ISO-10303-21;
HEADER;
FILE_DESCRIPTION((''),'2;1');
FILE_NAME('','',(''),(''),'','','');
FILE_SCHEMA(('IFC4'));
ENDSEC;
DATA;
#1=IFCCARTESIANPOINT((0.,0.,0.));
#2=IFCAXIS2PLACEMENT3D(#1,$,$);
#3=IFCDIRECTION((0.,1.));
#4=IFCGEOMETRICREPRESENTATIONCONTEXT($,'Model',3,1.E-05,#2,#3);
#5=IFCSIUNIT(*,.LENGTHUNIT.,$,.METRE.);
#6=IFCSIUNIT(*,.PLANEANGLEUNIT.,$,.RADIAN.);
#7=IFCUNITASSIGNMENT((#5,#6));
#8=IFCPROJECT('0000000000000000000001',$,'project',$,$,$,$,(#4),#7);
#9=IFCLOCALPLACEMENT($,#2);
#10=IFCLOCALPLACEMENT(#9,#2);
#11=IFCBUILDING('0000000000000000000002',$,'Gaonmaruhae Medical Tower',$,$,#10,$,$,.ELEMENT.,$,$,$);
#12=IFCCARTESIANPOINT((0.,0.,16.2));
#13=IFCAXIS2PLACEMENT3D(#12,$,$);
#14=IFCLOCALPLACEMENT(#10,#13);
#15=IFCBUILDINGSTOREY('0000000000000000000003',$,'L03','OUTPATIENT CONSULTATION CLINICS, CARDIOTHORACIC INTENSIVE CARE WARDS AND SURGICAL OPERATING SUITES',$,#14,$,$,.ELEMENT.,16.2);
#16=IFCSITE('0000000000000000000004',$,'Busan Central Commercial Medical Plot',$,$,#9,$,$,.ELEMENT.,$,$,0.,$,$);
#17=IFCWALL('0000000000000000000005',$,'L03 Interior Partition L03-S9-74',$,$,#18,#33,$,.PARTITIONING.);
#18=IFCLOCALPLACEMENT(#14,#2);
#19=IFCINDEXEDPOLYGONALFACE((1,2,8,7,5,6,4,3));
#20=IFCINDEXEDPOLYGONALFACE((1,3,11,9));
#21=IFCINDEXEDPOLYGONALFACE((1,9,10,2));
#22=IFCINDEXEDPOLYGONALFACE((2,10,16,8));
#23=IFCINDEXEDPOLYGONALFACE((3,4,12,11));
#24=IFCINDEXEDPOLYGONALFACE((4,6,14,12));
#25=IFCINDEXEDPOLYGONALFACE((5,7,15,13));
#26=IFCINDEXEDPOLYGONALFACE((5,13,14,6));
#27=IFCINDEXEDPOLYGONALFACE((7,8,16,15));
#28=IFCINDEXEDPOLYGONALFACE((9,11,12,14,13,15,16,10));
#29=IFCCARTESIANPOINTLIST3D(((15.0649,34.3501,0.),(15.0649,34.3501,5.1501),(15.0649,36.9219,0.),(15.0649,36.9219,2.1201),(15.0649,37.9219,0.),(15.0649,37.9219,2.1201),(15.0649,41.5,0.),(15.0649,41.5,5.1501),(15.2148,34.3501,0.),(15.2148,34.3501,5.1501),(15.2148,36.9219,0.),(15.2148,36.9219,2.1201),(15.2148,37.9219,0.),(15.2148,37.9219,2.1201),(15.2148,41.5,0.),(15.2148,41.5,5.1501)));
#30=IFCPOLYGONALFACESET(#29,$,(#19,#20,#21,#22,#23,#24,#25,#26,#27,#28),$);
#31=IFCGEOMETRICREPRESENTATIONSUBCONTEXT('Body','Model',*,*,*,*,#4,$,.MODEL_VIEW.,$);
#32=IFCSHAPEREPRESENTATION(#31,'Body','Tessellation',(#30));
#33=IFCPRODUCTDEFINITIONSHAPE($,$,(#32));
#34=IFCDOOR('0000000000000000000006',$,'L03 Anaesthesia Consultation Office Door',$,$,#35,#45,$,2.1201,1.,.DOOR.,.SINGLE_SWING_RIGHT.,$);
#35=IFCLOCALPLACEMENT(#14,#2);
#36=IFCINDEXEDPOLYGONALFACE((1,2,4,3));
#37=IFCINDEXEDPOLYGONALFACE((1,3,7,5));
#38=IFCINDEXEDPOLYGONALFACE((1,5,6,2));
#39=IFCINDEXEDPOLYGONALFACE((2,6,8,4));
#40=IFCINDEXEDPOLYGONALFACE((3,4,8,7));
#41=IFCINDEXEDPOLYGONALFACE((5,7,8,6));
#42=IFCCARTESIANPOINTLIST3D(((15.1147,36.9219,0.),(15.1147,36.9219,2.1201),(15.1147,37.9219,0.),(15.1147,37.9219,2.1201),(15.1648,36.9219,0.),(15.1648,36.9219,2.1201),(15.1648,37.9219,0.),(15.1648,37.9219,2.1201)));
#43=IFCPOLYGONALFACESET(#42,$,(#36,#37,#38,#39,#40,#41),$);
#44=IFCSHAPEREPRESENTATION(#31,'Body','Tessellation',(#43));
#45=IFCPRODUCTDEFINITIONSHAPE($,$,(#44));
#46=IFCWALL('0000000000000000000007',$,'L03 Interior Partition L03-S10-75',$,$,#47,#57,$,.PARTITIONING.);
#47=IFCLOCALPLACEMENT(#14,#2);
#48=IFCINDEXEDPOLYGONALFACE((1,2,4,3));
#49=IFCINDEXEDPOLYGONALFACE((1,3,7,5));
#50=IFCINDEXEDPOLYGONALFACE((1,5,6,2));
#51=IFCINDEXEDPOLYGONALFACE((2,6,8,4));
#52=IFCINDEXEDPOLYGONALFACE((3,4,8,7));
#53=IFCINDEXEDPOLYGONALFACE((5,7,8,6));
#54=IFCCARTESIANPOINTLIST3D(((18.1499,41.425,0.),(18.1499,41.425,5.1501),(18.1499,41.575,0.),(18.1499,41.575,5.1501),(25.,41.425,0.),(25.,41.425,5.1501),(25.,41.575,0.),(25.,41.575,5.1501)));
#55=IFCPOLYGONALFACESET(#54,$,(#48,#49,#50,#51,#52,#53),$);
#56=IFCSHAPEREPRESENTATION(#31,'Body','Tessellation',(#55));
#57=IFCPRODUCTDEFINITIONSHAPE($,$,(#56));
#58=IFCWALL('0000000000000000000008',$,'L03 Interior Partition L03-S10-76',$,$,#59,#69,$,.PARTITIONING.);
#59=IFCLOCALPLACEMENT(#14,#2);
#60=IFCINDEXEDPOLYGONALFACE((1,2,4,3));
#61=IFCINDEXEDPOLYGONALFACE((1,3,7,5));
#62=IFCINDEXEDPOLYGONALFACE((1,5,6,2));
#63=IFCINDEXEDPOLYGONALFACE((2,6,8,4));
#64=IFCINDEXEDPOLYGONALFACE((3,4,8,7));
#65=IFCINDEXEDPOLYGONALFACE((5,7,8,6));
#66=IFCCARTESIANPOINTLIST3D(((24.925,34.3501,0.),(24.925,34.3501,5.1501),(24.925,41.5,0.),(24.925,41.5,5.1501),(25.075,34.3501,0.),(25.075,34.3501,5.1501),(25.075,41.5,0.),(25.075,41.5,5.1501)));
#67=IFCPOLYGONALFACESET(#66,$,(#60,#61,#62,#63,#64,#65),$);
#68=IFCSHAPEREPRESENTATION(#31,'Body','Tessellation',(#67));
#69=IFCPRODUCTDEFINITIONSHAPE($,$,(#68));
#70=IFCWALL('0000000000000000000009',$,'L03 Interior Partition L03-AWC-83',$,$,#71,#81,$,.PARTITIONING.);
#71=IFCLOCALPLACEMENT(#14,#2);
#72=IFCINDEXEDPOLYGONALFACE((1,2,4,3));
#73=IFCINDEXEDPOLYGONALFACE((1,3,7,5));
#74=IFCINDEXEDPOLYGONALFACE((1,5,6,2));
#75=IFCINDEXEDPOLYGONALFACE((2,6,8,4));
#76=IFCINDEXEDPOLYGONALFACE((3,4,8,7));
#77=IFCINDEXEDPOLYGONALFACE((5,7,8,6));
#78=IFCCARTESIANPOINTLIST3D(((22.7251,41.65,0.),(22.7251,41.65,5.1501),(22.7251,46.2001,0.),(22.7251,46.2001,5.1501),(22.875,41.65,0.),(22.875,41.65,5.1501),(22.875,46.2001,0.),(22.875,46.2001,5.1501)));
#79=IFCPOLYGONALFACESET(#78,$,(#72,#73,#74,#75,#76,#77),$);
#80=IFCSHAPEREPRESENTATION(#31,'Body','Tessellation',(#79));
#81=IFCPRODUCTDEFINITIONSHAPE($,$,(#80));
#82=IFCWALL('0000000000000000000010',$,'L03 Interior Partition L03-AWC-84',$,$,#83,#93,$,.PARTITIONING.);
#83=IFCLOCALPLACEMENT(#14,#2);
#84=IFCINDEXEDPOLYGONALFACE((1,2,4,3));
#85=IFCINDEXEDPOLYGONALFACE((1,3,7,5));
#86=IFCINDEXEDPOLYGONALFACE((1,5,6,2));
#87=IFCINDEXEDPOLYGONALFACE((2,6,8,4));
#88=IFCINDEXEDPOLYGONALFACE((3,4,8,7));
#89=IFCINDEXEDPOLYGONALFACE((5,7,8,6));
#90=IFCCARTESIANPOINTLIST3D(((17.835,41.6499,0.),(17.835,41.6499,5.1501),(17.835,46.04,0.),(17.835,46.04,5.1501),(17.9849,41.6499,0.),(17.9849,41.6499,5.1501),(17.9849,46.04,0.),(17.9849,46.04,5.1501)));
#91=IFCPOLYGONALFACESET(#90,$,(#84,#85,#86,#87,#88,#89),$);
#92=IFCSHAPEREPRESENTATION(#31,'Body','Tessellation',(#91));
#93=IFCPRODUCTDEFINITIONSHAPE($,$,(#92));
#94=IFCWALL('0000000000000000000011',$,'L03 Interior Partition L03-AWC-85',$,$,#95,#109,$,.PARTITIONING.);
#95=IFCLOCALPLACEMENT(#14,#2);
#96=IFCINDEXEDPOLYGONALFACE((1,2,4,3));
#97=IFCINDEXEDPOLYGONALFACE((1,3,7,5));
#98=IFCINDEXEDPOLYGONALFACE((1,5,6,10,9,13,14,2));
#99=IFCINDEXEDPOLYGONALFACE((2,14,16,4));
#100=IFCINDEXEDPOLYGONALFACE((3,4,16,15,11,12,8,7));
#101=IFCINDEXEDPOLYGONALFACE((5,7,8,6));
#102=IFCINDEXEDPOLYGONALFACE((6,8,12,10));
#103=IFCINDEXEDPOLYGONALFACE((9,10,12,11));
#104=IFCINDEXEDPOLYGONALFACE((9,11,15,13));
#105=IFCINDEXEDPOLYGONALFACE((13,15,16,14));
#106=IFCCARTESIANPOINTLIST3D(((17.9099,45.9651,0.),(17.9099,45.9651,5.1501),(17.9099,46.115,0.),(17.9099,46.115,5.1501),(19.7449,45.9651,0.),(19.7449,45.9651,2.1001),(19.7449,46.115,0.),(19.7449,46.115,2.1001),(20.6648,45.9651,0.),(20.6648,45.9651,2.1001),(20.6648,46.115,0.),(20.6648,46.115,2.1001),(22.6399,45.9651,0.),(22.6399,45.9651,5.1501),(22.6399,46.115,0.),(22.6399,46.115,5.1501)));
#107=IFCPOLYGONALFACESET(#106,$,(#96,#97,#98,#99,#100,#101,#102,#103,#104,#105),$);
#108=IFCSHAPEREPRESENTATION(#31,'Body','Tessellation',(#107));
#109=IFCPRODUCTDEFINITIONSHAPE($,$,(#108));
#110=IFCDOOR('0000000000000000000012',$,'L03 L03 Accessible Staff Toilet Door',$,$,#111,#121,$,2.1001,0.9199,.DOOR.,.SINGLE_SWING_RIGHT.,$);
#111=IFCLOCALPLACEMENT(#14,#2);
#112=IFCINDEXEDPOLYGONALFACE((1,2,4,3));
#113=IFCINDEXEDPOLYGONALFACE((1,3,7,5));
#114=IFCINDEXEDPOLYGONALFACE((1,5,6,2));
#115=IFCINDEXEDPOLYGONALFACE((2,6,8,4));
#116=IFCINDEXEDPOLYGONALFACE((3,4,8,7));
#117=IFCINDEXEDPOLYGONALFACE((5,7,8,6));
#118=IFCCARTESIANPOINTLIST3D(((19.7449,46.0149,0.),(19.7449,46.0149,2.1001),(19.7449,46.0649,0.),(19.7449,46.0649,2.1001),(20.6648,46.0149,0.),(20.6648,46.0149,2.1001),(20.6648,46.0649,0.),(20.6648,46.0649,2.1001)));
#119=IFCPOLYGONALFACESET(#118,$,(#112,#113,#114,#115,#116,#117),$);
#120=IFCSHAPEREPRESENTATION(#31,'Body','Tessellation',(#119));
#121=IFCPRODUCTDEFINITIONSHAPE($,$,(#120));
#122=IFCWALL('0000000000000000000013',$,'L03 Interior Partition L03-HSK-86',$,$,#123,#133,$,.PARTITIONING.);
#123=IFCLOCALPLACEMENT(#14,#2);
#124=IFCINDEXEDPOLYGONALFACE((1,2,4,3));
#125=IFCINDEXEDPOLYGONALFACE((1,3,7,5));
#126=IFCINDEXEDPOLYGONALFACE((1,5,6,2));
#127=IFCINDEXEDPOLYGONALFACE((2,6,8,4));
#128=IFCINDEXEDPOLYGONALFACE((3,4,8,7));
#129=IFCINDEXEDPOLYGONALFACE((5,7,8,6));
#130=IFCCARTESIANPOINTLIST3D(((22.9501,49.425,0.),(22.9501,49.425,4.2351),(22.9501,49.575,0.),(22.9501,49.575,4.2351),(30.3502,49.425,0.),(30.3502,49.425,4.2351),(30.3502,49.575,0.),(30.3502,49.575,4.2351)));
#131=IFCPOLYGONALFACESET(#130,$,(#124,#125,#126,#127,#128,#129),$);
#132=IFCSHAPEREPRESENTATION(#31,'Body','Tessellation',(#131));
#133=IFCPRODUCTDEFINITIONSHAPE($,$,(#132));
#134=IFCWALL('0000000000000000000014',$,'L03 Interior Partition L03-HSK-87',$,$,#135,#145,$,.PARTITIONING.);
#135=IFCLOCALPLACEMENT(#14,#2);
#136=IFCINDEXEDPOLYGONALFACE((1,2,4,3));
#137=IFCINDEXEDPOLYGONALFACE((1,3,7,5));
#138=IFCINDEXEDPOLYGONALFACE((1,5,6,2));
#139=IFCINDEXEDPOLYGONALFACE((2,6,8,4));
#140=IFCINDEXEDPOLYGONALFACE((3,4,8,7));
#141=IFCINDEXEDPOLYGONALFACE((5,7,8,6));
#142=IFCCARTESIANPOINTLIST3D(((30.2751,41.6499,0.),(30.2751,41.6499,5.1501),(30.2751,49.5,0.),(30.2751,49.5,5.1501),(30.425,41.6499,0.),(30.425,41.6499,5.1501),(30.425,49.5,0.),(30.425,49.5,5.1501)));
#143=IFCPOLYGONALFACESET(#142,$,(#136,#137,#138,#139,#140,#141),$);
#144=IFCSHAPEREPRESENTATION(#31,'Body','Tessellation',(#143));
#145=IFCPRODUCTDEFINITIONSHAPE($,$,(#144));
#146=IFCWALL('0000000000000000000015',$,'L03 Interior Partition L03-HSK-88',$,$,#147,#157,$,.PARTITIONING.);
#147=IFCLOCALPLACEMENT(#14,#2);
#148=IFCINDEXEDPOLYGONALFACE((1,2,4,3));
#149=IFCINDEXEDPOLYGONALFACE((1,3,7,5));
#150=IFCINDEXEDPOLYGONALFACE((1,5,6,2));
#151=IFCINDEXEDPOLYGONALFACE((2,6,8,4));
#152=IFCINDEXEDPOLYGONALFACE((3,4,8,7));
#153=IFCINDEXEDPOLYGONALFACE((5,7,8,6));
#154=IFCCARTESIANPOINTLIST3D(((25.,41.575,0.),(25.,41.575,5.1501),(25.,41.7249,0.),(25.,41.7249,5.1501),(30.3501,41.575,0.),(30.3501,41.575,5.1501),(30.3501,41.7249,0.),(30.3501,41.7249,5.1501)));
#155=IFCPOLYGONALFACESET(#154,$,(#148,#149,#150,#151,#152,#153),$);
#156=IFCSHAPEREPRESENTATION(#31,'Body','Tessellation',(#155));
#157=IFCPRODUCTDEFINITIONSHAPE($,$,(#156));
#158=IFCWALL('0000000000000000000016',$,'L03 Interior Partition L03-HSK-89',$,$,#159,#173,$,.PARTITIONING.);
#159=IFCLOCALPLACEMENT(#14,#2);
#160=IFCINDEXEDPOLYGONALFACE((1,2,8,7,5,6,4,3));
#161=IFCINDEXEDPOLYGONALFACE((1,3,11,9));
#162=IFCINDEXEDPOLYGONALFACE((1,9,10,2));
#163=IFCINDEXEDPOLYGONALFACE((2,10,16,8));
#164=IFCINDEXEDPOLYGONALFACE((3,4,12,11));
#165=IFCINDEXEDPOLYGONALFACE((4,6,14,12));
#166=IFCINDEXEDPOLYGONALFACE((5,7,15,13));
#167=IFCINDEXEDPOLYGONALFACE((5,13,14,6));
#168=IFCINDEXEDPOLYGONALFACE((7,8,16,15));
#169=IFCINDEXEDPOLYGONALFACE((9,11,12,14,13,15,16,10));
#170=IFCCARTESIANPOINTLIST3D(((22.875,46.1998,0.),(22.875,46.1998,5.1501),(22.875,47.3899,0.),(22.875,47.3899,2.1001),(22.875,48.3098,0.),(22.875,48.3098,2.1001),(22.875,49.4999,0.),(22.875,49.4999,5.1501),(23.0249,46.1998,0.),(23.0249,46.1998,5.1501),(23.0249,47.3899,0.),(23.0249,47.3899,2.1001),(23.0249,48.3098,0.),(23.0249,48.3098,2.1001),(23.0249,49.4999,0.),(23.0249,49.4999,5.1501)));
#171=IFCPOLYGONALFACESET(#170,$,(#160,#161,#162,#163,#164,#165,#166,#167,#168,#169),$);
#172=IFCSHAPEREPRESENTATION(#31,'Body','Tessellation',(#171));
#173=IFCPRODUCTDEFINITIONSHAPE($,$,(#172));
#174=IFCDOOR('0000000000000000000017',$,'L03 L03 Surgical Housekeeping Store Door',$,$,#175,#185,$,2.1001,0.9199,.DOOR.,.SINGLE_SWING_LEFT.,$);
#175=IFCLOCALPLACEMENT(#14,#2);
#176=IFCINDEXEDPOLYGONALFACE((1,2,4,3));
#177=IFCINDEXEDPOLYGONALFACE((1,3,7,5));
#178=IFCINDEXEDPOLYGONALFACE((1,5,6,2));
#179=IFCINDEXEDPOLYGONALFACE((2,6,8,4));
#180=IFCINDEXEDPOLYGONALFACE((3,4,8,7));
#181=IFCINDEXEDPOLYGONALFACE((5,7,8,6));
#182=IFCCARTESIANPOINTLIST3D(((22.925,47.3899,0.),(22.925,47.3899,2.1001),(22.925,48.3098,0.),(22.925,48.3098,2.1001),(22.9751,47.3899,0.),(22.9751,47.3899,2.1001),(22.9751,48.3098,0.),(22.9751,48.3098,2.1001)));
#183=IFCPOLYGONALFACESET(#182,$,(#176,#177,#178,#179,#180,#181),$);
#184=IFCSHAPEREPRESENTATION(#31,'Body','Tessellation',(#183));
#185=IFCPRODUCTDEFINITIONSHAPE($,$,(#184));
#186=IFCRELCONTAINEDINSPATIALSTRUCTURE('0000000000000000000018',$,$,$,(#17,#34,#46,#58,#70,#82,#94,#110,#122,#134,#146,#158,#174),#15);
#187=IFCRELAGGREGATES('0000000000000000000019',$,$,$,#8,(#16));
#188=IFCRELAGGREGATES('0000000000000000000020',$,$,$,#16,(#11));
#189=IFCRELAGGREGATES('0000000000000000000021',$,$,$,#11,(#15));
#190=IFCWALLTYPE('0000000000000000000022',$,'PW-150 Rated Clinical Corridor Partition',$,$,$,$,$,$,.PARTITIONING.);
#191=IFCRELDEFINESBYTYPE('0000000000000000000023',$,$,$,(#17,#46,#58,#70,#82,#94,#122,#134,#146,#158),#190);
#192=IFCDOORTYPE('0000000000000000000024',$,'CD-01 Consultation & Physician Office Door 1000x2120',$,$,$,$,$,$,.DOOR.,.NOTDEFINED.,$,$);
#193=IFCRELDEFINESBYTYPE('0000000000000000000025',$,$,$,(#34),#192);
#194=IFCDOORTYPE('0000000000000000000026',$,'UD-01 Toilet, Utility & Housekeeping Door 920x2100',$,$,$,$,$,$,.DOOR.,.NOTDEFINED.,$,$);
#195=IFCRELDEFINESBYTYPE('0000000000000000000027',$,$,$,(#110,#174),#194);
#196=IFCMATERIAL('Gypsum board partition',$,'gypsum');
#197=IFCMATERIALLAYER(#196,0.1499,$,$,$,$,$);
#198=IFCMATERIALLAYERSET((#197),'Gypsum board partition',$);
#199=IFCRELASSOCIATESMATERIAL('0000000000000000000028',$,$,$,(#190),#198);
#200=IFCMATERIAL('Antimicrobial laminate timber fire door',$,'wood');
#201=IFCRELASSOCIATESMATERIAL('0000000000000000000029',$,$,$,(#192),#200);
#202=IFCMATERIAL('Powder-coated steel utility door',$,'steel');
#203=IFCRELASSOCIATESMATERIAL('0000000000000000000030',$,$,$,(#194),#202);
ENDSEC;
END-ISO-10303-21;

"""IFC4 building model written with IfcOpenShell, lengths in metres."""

from ifc_helpers import new_model, si_unit, direction, frame, frame_2d, origin, place, context, subcontext, project, spatial, rectangle, extrude, material, layer, layer_set, type_object, element, fill, save


model = new_model("IFC4")

# Units and contexts
model_context = context("Model", 3, precision=1e-05, world=origin(), true_north=direction((0.0, 1.0)))
body_context = subcontext(model_context, "Body", "Model", "MODEL_VIEW")
ifc_project = project(units=[si_unit("LENGTHUNIT", "METRE"), si_unit("PLANEANGLEUNIT", "RADIAN")], contexts=[model_context])

# Site, building, storey
site_placement = place(None, origin())
site = spatial("IfcSite", under=ifc_project, at=site_placement, Name="Busan Central Commercial Medical Plot", CompositionType="ELEMENT", RefElevation=0.0)
building_placement = place(site_placement, origin())
building = spatial("IfcBuilding", under=site, at=building_placement, Name="Gaonmaruhae Medical Tower", CompositionType="ELEMENT")
storey_placement = place(building_placement, frame((0.0, 0.0, 16.2)))
storey = spatial("IfcBuildingStorey", under=building, at=storey_placement, Name="L03", Description="OUTPATIENT CONSULTATION CLINICS, CARDIOTHORACIC INTENSIVE CARE WARDS AND SURGICAL OPERATING SUITES", CompositionType="ELEMENT", Elevation=16.2)

# Wall, opening, door
ifc_material_1 = material(Name="Gypsum board partition", Category="gypsum")
ifc_layer_1 = layer(ifc_material_1, 0.1499)
ifc_layer_set_1 = layer_set([ifc_layer_1], Name="Gypsum board partition")
wall_type_1 = type_object("IfcWallType", Name="PW-150 Rated Clinical Corridor Partition", PredefinedType="PARTITIONING", material=ifc_layer_set_1)
wall_1_placement = place(storey_placement, frame((15.1399, 41.5, 0.0), z_axis=(0.0, 0.0, 1.0), x_axis=(0.0, -1.0, 0.0)))
wall_1 = element("IfcWall", 1, at=wall_1_placement, inside=storey, type_object=wall_type_1, Name="L03 Interior Partition L03-S9-74", PredefinedType="PARTITIONING", context=body_context, shape_type="SweptSolid", body=[
    extrude(rectangle(XDim=7.1499, YDim=0.1499, at=frame_2d((3.575, 0.0))), origin(), (0.0, 0.0, 1.0), 5.1501),
])
opening_1_placement = place(wall_1_placement, frame((3.5781, 0.0, 0.0)))
opening_1 = element("IfcOpeningElement", 2, at=opening_1_placement, cuts=wall_1, PredefinedType="OPENING", context=body_context, shape_type="SweptSolid", body=[
    extrude(rectangle(XDim=1.0, YDim=2.1201, at=frame_2d((0.5, 1.0601))), frame((0.0, 0.085, 0.0), z_axis=(0.0, -1.0, 0.0), x_axis=(1.0, 0.0, 0.0)), (0.0, 0.0, 1.0), 0.1699),
])
ifc_material_2 = material(Name="Antimicrobial laminate timber fire door", Category="wood")
door_type_1 = type_object("IfcDoorType", Name="CD-01 Consultation & Physician Office Door 1000x2120", OperationType="NOTDEFINED", PredefinedType="DOOR", material=ifc_material_2)
door_1_placement = place(opening_1_placement, origin())
door_1 = element("IfcDoor", 3, at=door_1_placement, inside=storey, type_object=door_type_1, Name="L03 Anaesthesia Consultation Office Door", OperationType="SINGLE_SWING_RIGHT", OverallHeight=2.1201, OverallWidth=1.0, PredefinedType="DOOR", context=body_context, shape_type="SweptSolid", body=[
    extrude(rectangle(XDim=1.0, YDim=2.1201, at=frame_2d((0.5, 1.0601))), frame((0.0, 0.0249, 0.0), z_axis=(0.0, -1.0, 0.0), x_axis=(1.0, 0.0, 0.0)), (0.0, 0.0, 1.0), 0.05),
])
fill(opening_1, door_1)

# Walls
wall_2_placement = place(storey_placement, frame((18.1499, 41.5, 0.0), z_axis=(0.0, 0.0, 1.0), x_axis=(1.0, 0.0, 0.0)))
element("IfcWall", 4, at=wall_2_placement, inside=storey, type_object=wall_type_1, Name="L03 Interior Partition L03-S10-75", PredefinedType="PARTITIONING", context=body_context, shape_type="SweptSolid", body=[
    extrude(rectangle(XDim=6.8501, YDim=0.1499, at=frame_2d((3.425, 0.0))), origin(), (0.0, 0.0, 1.0), 5.1501),
])
wall_3_placement = place(storey_placement, frame((25.0, 41.5, 0.0), z_axis=(0.0, 0.0, 1.0), x_axis=(0.0, -1.0, 0.0)))
element("IfcWall", 5, at=wall_3_placement, inside=storey, type_object=wall_type_1, Name="L03 Interior Partition L03-S10-76", PredefinedType="PARTITIONING", context=body_context, shape_type="SweptSolid", body=[
    extrude(rectangle(XDim=7.1499, YDim=0.1499, at=frame_2d((3.575, 0.0))), origin(), (0.0, 0.0, 1.0), 5.1501),
])
wall_4_placement = place(storey_placement, frame((22.8, 46.2, 0.0), z_axis=(0.0, 0.0, 1.0), x_axis=(0.0, -1.0, 0.0)))
element("IfcWall", 6, at=wall_4_placement, inside=storey, type_object=wall_type_1, Name="L03 Interior Partition L03-AWC-83", PredefinedType="PARTITIONING", context=body_context, shape_type="SweptSolid", body=[
    extrude(rectangle(XDim=4.55, YDim=0.1499, at=frame_2d((2.2749, 0.0))), origin(), (0.0, 0.0, 1.0), 5.1501),
])
wall_5_placement = place(storey_placement, frame((17.9099, 41.6499, 0.0), z_axis=(0.0, 0.0, 1.0), x_axis=(0.0, 1.0, 0.0)))
element("IfcWall", 7, at=wall_5_placement, inside=storey, type_object=wall_type_1, Name="L03 Interior Partition L03-AWC-84", PredefinedType="PARTITIONING", context=body_context, shape_type="SweptSolid", body=[
    extrude(rectangle(XDim=4.3901, YDim=0.1499, at=frame_2d((2.1951, 0.0))), origin(), (0.0, 0.0, 1.0), 5.1501),
])

# Wall, opening, door
wall_6_placement = place(storey_placement, frame((17.9099, 46.04, 0.0), z_axis=(0.0, 0.0, 1.0), x_axis=(1.0, 0.0, 0.0)))
wall_6 = element("IfcWall", 8, at=wall_6_placement, inside=storey, type_object=wall_type_1, Name="L03 Interior Partition L03-AWC-85", PredefinedType="PARTITIONING", context=body_context, shape_type="SweptSolid", body=[
    extrude(rectangle(XDim=4.73, YDim=0.1499, at=frame_2d((2.365, 0.0))), origin(), (0.0, 0.0, 1.0), 5.1501),
])
opening_2_placement = place(wall_6_placement, frame((1.835, 0.0, 0.0)))
opening_2 = element("IfcOpeningElement", 9, at=opening_2_placement, cuts=wall_6, PredefinedType="OPENING", context=body_context, shape_type="SweptSolid", body=[
    extrude(rectangle(XDim=0.9199, YDim=2.1001, at=frame_2d((0.46, 1.05))), frame((0.0, 0.085, 0.0), z_axis=(0.0, -1.0, 0.0), x_axis=(1.0, 0.0, 0.0)), (0.0, 0.0, 1.0), 0.1699),
])
ifc_material_3 = material(Name="Powder-coated steel utility door", Category="steel")
door_type_2 = type_object("IfcDoorType", Name="UD-01 Toilet, Utility & Housekeeping Door 920x2100", OperationType="NOTDEFINED", PredefinedType="DOOR", material=ifc_material_3)
door_2_placement = place(opening_2_placement, origin())
door_2 = element("IfcDoor", 10, at=door_2_placement, inside=storey, type_object=door_type_2, Name="L03 L03 Accessible Staff Toilet Door", OperationType="SINGLE_SWING_RIGHT", OverallHeight=2.1001, OverallWidth=0.9199, PredefinedType="DOOR", context=body_context, shape_type="SweptSolid", body=[
    extrude(rectangle(XDim=0.9199, YDim=2.1001, at=frame_2d((0.46, 1.05))), frame((0.0, 0.0249, 0.0), z_axis=(0.0, -1.0, 0.0), x_axis=(1.0, 0.0, 0.0)), (0.0, 0.0, 1.0), 0.05),
])
fill(opening_2, door_2)

# Walls
wall_7_placement = place(storey_placement, frame((22.95, 49.5, 0.0), z_axis=(0.0, 0.0, 1.0), x_axis=(1.0, 0.0, 0.0)))
element("IfcWall", 11, at=wall_7_placement, inside=storey, type_object=wall_type_1, Name="L03 Interior Partition L03-HSK-86", PredefinedType="PARTITIONING", context=body_context, shape_type="SweptSolid", body=[
    extrude(rectangle(XDim=7.4001, YDim=0.1499, at=frame_2d((3.7002, 0.0))), origin(), (0.0, 0.0, 1.0), 4.2351),
])
wall_8_placement = place(storey_placement, frame((30.3501, 49.5, 0.0), z_axis=(0.0, 0.0, 1.0), x_axis=(0.0, -1.0, 0.0)))
element("IfcWall", 12, at=wall_8_placement, inside=storey, type_object=wall_type_1, Name="L03 Interior Partition L03-HSK-87", PredefinedType="PARTITIONING", context=body_context, shape_type="SweptSolid", body=[
    extrude(rectangle(XDim=7.8501, YDim=0.1499, at=frame_2d((3.925, 0.0))), origin(), (0.0, 0.0, 1.0), 5.1501),
])
wall_9_placement = place(storey_placement, frame((30.3501, 41.6499, 0.0), z_axis=(0.0, 0.0, 1.0), x_axis=(-1.0, 0.0, 0.0)))
element("IfcWall", 13, at=wall_9_placement, inside=storey, type_object=wall_type_1, Name="L03 Interior Partition L03-HSK-88", PredefinedType="PARTITIONING", context=body_context, shape_type="SweptSolid", body=[
    extrude(rectangle(XDim=5.3501, YDim=0.1499, at=frame_2d((2.675, 0.0))), origin(), (0.0, 0.0, 1.0), 5.1501),
])

# Wall, opening, door
wall_10_placement = place(storey_placement, frame((22.95, 46.2, 0.0), z_axis=(0.0, 0.0, 1.0), x_axis=(0.0, 1.0, 0.0)))
wall_10 = element("IfcWall", 14, at=wall_10_placement, inside=storey, type_object=wall_type_1, Name="L03 Interior Partition L03-HSK-89", PredefinedType="PARTITIONING", context=body_context, shape_type="SweptSolid", body=[
    extrude(rectangle(XDim=3.3, YDim=0.1499, at=frame_2d((1.6499, 0.0))), origin(), (0.0, 0.0, 1.0), 5.1501),
])
opening_3_placement = place(wall_10_placement, frame((1.1899, 0.0, 0.0)))
opening_3 = element("IfcOpeningElement", 15, at=opening_3_placement, cuts=wall_10, PredefinedType="OPENING", context=body_context, shape_type="SweptSolid", body=[
    extrude(rectangle(XDim=0.9199, YDim=2.1001, at=frame_2d((0.46, 1.05))), frame((0.0, 0.085, 0.0), z_axis=(0.0, -1.0, 0.0), x_axis=(1.0, 0.0, 0.0)), (0.0, 0.0, 1.0), 0.1699),
])
door_3_placement = place(opening_3_placement, origin())
door_3 = element("IfcDoor", 16, at=door_3_placement, inside=storey, type_object=door_type_2, Name="L03 L03 Surgical Housekeeping Store Door", OperationType="SINGLE_SWING_LEFT", OverallHeight=2.1001, OverallWidth=0.9199, PredefinedType="DOOR", context=body_context, shape_type="SweptSolid", body=[
    extrude(rectangle(XDim=0.9199, YDim=2.1001, at=frame_2d((0.46, 1.05))), frame((0.0, 0.0249, 0.0), z_axis=(0.0, -1.0, 0.0), x_axis=(1.0, 0.0, 0.0)), (0.0, 0.0, 1.0), 0.05),
])
fill(opening_3, door_3)

save(model, "model.ifc")
